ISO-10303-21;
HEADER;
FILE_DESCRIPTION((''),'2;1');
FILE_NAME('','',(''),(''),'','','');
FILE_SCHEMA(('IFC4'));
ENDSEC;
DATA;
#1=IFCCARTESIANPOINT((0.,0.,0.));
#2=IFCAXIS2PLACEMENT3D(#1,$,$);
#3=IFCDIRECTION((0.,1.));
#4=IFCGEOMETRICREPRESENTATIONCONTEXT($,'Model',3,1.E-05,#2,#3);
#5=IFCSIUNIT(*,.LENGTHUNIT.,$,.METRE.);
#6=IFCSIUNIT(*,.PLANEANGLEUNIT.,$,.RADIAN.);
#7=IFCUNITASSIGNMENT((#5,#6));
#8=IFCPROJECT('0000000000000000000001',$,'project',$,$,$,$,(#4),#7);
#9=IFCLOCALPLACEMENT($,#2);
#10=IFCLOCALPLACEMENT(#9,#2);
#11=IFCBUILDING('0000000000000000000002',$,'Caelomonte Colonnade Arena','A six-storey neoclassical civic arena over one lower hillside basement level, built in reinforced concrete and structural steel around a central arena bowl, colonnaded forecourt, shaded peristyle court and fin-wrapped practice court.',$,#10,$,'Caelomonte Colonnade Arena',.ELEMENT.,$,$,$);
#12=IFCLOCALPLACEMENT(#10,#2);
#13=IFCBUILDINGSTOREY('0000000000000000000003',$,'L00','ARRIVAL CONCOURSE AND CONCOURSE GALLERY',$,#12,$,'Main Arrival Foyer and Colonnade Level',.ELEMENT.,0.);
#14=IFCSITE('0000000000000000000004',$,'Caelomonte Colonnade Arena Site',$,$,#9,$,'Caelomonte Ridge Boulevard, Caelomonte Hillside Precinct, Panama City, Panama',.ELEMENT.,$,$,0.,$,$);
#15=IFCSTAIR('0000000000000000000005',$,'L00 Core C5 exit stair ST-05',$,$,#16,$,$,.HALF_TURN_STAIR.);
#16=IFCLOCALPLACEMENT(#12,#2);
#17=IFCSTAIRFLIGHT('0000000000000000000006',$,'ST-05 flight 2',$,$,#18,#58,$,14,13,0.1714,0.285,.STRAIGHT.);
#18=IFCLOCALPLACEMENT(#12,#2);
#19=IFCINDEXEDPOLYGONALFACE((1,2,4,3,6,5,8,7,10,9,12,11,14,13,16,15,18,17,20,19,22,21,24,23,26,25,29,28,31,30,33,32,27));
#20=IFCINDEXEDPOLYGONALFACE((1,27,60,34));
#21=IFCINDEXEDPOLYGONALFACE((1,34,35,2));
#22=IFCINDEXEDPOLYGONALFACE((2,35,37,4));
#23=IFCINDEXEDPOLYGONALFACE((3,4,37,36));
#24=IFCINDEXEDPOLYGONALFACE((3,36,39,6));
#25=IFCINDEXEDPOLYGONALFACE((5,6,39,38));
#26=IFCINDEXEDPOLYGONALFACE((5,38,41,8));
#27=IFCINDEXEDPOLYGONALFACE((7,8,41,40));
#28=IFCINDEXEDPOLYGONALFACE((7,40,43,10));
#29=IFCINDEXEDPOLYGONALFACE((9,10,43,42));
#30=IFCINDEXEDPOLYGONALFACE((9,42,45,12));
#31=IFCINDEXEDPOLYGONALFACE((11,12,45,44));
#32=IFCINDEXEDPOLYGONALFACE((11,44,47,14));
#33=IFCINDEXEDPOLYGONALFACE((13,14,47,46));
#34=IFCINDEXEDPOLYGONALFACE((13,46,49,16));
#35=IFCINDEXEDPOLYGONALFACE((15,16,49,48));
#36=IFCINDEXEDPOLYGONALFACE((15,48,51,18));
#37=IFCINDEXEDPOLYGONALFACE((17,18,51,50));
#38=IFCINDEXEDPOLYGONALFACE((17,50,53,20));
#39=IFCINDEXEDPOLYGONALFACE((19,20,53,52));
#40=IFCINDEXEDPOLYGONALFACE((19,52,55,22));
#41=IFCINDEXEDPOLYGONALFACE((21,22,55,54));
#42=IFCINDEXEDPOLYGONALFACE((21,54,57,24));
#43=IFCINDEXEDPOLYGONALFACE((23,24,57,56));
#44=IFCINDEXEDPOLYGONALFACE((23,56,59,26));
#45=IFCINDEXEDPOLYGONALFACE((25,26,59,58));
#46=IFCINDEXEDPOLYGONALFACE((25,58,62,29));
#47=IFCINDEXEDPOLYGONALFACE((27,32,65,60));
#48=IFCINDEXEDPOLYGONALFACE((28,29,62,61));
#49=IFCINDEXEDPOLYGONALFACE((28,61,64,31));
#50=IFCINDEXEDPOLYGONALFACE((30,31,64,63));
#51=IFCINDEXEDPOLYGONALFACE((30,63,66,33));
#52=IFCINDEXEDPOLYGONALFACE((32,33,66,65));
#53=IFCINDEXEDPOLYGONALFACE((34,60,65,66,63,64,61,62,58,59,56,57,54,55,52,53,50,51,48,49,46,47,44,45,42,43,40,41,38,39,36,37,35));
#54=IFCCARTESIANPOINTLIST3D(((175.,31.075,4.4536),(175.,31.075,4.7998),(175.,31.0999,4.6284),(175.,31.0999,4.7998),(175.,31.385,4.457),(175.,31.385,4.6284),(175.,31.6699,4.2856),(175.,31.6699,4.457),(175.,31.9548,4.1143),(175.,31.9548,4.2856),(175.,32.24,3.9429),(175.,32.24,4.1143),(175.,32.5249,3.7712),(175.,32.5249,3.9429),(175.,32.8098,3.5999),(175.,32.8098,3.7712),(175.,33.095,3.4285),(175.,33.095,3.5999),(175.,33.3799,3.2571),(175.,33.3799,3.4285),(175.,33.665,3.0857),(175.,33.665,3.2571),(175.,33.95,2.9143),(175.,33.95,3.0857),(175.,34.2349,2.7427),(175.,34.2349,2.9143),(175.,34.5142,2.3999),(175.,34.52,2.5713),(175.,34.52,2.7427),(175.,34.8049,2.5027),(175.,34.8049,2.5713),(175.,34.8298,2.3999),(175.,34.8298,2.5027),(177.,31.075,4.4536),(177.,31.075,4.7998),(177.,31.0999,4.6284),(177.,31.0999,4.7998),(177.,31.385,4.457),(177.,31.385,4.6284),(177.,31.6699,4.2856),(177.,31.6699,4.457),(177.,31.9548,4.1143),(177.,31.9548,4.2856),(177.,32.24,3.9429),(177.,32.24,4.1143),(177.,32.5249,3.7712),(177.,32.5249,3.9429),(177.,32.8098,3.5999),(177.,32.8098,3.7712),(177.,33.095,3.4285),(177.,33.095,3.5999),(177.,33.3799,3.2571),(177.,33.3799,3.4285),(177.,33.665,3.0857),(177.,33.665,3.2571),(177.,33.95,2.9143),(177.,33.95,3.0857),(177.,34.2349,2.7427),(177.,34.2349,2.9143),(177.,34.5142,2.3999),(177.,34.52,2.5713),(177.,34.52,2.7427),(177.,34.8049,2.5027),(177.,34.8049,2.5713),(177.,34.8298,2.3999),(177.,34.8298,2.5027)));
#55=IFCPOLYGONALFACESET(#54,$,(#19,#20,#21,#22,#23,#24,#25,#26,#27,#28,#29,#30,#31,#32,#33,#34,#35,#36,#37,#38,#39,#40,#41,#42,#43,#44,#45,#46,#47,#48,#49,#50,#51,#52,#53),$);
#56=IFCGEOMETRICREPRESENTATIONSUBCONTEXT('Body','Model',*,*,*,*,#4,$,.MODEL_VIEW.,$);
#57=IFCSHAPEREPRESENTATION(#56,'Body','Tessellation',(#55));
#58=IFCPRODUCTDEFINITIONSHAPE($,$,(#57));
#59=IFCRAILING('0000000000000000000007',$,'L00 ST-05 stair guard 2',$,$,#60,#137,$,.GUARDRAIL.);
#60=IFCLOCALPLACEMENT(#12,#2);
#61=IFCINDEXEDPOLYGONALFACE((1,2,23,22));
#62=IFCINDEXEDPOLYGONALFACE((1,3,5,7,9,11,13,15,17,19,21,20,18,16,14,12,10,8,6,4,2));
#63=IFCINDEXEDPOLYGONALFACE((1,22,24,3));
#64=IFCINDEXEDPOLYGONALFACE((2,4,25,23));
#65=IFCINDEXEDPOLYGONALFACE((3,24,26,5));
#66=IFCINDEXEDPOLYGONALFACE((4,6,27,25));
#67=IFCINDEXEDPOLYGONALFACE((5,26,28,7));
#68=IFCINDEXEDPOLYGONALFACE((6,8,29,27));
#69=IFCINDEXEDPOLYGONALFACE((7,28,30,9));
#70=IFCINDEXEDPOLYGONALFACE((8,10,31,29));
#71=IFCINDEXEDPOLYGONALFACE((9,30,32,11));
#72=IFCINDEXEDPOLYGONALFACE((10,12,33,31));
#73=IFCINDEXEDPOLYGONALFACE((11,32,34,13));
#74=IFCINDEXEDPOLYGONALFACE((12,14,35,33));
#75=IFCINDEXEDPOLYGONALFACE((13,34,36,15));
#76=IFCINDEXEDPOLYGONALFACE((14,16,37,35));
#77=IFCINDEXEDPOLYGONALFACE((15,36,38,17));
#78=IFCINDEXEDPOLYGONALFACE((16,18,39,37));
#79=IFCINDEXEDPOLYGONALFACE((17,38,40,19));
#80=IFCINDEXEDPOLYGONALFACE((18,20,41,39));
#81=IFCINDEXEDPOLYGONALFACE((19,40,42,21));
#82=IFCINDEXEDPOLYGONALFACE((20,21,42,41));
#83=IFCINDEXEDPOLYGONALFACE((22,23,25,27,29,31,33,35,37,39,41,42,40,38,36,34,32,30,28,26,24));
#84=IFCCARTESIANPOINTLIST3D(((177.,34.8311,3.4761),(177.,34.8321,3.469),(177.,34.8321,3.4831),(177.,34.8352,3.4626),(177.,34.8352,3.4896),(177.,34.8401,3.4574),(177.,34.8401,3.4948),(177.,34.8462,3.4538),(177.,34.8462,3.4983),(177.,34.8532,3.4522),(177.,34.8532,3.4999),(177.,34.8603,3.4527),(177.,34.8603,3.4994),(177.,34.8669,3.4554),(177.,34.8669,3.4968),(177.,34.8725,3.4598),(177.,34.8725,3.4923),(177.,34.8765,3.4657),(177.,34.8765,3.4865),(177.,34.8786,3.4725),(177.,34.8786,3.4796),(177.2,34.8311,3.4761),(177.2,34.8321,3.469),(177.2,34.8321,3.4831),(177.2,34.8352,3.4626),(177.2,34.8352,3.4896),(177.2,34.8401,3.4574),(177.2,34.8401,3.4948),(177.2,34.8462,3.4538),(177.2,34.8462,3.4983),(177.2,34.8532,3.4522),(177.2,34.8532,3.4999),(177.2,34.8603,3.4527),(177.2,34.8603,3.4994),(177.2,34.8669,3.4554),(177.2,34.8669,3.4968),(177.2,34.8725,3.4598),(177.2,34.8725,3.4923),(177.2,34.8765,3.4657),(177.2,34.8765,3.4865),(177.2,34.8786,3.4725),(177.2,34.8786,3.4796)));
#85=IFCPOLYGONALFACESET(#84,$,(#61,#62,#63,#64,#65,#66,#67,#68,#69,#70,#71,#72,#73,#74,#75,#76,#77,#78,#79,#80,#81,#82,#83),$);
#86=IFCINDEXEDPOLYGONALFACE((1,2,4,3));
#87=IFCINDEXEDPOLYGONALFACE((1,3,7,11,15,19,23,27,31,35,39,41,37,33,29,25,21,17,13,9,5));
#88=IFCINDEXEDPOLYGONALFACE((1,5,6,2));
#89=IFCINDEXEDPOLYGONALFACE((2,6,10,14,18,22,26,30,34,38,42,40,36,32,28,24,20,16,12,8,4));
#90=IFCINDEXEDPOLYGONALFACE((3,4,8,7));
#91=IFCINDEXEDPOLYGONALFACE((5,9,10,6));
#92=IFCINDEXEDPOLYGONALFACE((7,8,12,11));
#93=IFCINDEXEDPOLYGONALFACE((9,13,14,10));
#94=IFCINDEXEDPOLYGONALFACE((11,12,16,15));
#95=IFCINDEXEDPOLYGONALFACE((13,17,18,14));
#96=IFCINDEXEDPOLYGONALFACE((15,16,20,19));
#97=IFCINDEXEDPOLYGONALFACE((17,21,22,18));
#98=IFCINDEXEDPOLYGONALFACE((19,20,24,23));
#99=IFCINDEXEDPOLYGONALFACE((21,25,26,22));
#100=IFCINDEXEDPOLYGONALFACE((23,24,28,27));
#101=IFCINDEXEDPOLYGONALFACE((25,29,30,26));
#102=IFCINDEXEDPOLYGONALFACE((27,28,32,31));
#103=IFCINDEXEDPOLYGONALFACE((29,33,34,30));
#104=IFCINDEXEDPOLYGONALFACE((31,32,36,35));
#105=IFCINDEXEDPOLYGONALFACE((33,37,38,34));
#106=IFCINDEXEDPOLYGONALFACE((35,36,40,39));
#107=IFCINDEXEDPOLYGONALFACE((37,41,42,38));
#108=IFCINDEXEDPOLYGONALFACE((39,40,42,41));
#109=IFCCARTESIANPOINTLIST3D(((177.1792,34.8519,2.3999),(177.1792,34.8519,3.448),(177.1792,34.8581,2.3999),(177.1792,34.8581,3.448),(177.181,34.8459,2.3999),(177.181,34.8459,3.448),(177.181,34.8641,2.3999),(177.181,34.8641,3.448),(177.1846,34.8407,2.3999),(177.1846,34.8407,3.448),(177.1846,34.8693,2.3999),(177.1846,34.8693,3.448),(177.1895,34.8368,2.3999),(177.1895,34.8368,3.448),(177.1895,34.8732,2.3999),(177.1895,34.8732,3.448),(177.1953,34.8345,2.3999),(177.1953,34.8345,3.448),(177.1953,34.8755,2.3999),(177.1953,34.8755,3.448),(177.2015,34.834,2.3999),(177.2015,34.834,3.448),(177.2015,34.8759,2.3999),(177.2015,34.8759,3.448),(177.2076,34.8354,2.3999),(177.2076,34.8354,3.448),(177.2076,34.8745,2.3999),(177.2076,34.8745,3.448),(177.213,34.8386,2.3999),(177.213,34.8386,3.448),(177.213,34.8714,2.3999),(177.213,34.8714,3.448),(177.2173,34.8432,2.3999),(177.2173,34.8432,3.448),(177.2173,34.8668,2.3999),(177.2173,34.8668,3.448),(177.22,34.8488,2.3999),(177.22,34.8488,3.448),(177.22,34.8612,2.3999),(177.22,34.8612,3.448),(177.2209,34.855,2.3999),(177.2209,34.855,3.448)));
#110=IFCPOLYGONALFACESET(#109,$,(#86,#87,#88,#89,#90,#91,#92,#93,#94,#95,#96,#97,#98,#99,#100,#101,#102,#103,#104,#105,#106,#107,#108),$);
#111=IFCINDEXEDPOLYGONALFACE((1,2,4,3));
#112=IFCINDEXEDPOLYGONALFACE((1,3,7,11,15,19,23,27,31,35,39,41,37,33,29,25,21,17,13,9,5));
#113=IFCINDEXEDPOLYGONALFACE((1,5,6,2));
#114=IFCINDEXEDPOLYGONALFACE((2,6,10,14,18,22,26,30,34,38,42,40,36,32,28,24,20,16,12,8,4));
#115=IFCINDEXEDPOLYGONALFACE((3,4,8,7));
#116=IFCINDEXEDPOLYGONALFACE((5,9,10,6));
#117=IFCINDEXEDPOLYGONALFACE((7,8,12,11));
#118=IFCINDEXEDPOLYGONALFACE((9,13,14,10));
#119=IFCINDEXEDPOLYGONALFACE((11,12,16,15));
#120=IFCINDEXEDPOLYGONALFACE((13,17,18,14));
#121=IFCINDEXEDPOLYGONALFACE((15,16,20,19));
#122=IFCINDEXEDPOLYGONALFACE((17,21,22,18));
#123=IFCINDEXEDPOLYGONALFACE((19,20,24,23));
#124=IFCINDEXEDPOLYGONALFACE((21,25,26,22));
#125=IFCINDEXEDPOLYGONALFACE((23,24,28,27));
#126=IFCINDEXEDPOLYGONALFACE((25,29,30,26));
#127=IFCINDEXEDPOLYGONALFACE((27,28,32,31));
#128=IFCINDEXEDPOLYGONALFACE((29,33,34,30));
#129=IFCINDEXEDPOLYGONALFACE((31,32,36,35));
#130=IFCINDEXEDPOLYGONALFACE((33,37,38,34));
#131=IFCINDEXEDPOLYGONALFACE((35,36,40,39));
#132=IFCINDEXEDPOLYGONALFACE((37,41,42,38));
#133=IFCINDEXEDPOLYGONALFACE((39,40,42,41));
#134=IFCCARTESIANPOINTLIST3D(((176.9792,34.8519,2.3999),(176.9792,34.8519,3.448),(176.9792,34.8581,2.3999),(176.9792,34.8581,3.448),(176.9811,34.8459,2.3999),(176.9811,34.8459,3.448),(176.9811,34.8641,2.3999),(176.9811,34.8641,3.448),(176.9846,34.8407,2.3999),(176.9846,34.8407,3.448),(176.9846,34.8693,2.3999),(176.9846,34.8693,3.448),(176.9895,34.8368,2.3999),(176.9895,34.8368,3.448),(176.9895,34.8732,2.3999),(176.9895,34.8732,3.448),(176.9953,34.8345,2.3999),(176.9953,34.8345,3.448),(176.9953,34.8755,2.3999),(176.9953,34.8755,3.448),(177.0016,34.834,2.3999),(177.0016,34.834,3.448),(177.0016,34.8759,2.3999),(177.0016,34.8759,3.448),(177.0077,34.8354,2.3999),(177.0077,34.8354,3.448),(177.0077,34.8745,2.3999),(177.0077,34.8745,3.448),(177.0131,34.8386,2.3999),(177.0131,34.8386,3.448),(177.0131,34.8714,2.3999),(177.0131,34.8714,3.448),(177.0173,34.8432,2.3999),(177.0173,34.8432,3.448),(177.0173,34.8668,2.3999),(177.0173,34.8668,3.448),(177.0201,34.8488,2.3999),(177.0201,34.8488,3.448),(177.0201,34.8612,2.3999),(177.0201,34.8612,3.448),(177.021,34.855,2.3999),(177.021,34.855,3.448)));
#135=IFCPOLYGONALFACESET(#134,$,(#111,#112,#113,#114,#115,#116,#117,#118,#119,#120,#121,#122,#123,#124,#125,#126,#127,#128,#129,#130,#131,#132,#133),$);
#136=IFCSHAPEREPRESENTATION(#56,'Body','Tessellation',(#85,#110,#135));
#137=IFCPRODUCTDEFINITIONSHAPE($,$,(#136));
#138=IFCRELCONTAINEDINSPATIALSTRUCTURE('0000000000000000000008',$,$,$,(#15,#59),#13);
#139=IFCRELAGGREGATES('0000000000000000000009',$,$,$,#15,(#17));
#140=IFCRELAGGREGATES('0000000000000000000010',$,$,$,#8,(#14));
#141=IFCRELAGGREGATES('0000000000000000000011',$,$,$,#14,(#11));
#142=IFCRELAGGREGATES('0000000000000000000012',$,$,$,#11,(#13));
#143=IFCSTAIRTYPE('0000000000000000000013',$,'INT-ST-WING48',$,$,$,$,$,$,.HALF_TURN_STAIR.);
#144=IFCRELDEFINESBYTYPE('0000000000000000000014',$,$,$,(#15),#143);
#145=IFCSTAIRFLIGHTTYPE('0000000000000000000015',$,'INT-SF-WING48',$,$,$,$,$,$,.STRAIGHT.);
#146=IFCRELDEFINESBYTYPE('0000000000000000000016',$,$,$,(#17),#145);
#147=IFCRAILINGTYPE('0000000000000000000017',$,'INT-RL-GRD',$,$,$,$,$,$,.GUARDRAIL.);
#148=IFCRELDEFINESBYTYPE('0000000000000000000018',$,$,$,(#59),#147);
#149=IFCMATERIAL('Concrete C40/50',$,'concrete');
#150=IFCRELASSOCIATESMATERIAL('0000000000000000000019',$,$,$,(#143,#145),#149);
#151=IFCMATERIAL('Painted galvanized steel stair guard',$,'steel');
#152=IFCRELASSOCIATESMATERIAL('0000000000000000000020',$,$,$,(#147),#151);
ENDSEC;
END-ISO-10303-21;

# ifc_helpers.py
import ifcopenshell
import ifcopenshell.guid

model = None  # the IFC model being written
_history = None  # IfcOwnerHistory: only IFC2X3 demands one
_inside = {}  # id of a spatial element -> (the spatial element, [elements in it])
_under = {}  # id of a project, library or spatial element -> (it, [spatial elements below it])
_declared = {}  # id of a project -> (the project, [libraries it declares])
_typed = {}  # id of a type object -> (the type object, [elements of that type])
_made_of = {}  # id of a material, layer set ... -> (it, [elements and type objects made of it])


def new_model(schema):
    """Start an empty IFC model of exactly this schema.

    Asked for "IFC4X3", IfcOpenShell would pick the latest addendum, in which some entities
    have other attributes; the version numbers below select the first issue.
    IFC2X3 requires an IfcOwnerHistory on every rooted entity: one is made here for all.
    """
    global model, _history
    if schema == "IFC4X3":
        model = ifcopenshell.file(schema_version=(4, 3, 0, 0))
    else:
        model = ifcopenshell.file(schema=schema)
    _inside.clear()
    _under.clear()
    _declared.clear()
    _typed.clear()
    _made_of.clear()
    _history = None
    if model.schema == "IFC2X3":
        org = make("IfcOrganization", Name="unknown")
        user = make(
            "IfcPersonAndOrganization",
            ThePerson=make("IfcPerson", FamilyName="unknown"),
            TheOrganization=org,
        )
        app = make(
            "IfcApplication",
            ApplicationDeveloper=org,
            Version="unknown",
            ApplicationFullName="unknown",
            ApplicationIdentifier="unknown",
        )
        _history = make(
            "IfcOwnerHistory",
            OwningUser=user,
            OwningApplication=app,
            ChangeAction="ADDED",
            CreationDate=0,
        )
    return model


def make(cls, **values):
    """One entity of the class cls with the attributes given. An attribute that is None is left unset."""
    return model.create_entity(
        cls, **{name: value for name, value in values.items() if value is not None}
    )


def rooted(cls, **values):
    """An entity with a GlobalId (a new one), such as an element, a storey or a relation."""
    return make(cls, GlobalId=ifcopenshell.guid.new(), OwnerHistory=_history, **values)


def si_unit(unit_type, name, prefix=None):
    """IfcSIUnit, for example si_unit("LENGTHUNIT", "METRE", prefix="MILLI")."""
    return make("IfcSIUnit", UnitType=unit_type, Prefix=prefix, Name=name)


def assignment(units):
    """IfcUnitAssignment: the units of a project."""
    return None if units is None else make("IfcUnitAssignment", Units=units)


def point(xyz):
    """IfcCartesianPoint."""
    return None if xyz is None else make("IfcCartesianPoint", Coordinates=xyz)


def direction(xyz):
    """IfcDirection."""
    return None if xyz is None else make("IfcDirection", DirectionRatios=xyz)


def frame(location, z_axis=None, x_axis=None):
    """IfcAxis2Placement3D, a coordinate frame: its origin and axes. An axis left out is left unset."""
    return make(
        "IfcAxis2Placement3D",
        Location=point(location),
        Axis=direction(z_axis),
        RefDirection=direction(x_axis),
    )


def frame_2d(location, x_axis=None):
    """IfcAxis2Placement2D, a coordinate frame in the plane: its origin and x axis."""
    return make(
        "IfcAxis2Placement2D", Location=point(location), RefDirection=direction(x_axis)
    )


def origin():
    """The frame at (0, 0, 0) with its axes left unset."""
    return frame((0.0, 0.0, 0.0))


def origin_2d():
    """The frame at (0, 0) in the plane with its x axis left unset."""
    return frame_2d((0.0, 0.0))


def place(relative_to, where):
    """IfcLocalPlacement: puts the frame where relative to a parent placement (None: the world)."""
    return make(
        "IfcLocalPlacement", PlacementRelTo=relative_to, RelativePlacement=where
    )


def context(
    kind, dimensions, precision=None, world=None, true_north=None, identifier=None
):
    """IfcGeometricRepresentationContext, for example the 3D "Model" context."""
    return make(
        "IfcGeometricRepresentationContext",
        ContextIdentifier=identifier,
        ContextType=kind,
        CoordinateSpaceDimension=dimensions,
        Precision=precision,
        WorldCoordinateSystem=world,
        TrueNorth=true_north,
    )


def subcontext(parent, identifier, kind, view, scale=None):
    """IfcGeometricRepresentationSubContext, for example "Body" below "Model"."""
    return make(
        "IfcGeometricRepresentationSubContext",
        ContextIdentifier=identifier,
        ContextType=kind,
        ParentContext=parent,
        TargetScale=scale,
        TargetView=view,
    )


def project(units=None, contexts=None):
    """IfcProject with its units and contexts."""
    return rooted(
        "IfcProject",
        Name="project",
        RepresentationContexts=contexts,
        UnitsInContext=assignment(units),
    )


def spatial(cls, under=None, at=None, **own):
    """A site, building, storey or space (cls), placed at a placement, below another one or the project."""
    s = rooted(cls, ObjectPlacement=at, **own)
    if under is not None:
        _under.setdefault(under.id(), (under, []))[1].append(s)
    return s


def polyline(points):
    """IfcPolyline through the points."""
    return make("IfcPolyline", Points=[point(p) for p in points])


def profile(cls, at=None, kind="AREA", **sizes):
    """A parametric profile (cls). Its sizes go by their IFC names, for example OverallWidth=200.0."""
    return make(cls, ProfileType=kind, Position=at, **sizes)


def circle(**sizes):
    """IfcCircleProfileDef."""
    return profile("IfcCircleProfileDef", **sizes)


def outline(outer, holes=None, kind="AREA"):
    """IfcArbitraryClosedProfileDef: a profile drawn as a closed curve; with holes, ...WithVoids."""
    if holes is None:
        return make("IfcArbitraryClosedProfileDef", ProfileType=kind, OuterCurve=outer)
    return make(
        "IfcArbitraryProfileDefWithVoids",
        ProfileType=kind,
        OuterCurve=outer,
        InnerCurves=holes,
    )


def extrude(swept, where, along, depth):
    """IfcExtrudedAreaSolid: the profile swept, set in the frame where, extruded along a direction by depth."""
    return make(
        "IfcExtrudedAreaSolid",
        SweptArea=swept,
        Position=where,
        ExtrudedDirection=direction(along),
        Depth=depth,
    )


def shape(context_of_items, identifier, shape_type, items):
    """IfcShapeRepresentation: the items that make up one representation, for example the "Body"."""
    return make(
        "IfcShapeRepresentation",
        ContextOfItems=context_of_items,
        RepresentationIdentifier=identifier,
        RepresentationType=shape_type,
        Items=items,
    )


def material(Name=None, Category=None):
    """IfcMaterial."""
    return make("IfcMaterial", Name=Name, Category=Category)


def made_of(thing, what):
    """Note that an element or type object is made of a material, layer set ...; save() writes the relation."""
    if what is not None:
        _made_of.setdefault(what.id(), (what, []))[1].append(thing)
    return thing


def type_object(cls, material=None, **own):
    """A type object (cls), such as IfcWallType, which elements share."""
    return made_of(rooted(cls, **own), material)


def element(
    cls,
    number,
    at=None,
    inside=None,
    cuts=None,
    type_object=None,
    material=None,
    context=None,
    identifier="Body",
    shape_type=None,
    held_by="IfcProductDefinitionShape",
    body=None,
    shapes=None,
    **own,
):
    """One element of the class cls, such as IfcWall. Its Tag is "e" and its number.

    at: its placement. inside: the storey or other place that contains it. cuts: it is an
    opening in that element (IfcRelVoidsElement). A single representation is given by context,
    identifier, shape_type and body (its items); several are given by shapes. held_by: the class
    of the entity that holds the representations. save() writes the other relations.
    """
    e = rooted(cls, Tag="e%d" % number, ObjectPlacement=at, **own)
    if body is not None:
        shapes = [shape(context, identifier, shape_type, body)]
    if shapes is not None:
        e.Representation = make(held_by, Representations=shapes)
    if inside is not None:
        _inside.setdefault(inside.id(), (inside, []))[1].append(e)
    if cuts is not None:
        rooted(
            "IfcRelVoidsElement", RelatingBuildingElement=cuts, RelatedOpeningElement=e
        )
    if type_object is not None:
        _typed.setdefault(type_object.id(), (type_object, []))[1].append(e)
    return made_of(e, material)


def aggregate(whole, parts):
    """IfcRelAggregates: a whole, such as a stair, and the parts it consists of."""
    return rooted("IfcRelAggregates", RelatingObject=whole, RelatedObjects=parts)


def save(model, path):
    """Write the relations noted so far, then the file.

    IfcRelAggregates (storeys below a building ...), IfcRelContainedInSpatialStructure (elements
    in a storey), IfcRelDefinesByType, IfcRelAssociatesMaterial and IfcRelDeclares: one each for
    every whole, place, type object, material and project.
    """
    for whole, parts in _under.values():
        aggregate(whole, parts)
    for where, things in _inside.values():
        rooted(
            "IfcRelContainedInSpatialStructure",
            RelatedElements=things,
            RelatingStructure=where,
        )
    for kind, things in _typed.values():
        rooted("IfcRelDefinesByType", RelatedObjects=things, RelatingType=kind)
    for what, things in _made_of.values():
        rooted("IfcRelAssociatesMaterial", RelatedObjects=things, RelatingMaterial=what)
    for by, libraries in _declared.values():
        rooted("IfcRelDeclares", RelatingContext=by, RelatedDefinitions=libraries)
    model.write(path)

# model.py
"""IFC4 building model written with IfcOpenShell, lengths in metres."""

from ifc_helpers import new_model, si_unit, direction, frame, origin, origin_2d, place, context, subcontext, project, spatial, polyline, circle, outline, extrude, material, type_object, element, aggregate, save


model = new_model("IFC4")

# Units and contexts
model_context = context("Model", 3, precision=1e-05, world=origin(), true_north=direction((0.0, 1.0)))
body_context = subcontext(model_context, "Body", "Model", "MODEL_VIEW")
ifc_project = project(units=[si_unit("LENGTHUNIT", "METRE"), si_unit("PLANEANGLEUNIT", "RADIAN")], contexts=[model_context])

# Site, building, storey
site_placement = place(None, origin())
site = spatial("IfcSite", under=ifc_project, at=site_placement, Name="Caelomonte Colonnade Arena Site", LongName="Caelomonte Ridge Boulevard, Caelomonte Hillside Precinct, Panama City, Panama", CompositionType="ELEMENT", RefElevation=0.0)
building_placement = place(site_placement, origin())
building = spatial("IfcBuilding", under=site, at=building_placement, Name="Caelomonte Colonnade Arena", Description="A six-storey neoclassical civic arena over one lower hillside basement level, built in reinforced concrete and structural steel around a central arena bowl, colonnaded forecourt, shaded peristyle court and fin-wrapped practice court.", LongName="Caelomonte Colonnade Arena", CompositionType="ELEMENT")
storey_placement = place(building_placement, origin())
storey = spatial("IfcBuildingStorey", under=building, at=storey_placement, Name="L00", Description="ARRIVAL CONCOURSE AND CONCOURSE GALLERY", LongName="Main Arrival Foyer and Colonnade Level", CompositionType="ELEMENT", Elevation=0.0)

# Shared definitions
ifc_material_1 = material(Name="Concrete C40/50", Category="concrete")

# Stair, stair flight
stair_type = type_object("IfcStairType", Name="INT-ST-WING48", PredefinedType="HALF_TURN_STAIR", material=ifc_material_1)
stair_placement = place(storey_placement, origin())
stair = element("IfcStair", 1, at=stair_placement, inside=storey, type_object=stair_type, Name="L00 Core C5 exit stair ST-05", PredefinedType="HALF_TURN_STAIR")
stair_flight_type = type_object("IfcStairFlightType", Name="INT-SF-WING48", PredefinedType="STRAIGHT", material=ifc_material_1)
stair_flight_placement = place(storey_placement, frame((176.0, 34.8049, 2.3999), z_axis=(0.0, 0.0, 1.0), x_axis=(0.0, -1.0, 0.0)))
stair_flight = element("IfcStairFlight", 2, at=stair_flight_placement, type_object=stair_flight_type, Name="ST-05 flight 2", NumberOfRisers=14, NumberOfTreads=13, PredefinedType="STRAIGHT", RiserHeight=0.1714, TreadLength=0.285, context=body_context, shape_type="SweptSolid", body=[
    extrude(outline(polyline([(-0.0249, 0.0), (-0.0249, 0.1028), (0.0, 0.1028), (0.0, 0.1714), (0.2849, 0.1714), (0.2849, 0.3428), (0.5701, 0.3428), (0.5701, 0.5144), (0.855, 0.5144), (0.855, 0.6858), (1.1399, 0.6858), (1.1399, 0.8572), (1.425, 0.8572), (1.425, 1.0286), (1.71, 1.0286), (1.71, 1.2), (1.9951, 1.2), (1.9951, 1.3713), (2.28, 1.3713), (2.28, 1.543), (2.5649, 1.543), (2.5649, 1.7144), (2.8501, 1.7144), (2.8501, 1.8857), (3.135, 1.8857), (3.135, 2.0571), (3.4199, 2.0571), (3.4199, 2.2285), (3.7051, 2.2285), (3.7051, 2.3999), (3.73, 2.3999), (3.73, 2.0537), (0.2908, 0.0), (-0.0249, 0.0)])), frame((0.0, 1.0, 0.0), z_axis=(0.0, -1.0, 0.0), x_axis=(1.0, 0.0, 0.0)), (0.0, 0.0, 1.0), 2.0),
])
aggregate(stair, [stair_flight])

# Railing
ifc_material_2 = material(Name="Painted galvanized steel stair guard", Category="steel")
railing_type_1 = type_object("IfcRailingType", Name="INT-RL-GRD", PredefinedType="GUARDRAIL", material=ifc_material_2)
railing_1_placement = place(storey_placement, frame((177.2, 34.855, 2.3999)))
element("IfcRailing", 3, at=railing_1_placement, inside=storey, type_object=railing_type_1, Name="L00 ST-05 stair guard 2", PredefinedType="GUARDRAIL", context=body_context, shape_type="SweptSolid", body=[
    extrude(circle(Radius=0.0239, at=origin_2d()), frame((0.0, 0.0, 1.0762), z_axis=(-1.0, 0.0, 0.0), x_axis=(0.0, -1.0, 0.0)), (0.0, 0.0, 1.0), 0.2),
    extrude(circle(Radius=0.021, at=origin_2d()), origin(), (0.0, 0.0, 1.0), 1.0481),
    extrude(circle(Radius=0.021, at=origin_2d()), frame((-0.2, 0.0, 0.0)), (0.0, 0.0, 1.0), 1.0481),
])

save(model, "model.ifc")
